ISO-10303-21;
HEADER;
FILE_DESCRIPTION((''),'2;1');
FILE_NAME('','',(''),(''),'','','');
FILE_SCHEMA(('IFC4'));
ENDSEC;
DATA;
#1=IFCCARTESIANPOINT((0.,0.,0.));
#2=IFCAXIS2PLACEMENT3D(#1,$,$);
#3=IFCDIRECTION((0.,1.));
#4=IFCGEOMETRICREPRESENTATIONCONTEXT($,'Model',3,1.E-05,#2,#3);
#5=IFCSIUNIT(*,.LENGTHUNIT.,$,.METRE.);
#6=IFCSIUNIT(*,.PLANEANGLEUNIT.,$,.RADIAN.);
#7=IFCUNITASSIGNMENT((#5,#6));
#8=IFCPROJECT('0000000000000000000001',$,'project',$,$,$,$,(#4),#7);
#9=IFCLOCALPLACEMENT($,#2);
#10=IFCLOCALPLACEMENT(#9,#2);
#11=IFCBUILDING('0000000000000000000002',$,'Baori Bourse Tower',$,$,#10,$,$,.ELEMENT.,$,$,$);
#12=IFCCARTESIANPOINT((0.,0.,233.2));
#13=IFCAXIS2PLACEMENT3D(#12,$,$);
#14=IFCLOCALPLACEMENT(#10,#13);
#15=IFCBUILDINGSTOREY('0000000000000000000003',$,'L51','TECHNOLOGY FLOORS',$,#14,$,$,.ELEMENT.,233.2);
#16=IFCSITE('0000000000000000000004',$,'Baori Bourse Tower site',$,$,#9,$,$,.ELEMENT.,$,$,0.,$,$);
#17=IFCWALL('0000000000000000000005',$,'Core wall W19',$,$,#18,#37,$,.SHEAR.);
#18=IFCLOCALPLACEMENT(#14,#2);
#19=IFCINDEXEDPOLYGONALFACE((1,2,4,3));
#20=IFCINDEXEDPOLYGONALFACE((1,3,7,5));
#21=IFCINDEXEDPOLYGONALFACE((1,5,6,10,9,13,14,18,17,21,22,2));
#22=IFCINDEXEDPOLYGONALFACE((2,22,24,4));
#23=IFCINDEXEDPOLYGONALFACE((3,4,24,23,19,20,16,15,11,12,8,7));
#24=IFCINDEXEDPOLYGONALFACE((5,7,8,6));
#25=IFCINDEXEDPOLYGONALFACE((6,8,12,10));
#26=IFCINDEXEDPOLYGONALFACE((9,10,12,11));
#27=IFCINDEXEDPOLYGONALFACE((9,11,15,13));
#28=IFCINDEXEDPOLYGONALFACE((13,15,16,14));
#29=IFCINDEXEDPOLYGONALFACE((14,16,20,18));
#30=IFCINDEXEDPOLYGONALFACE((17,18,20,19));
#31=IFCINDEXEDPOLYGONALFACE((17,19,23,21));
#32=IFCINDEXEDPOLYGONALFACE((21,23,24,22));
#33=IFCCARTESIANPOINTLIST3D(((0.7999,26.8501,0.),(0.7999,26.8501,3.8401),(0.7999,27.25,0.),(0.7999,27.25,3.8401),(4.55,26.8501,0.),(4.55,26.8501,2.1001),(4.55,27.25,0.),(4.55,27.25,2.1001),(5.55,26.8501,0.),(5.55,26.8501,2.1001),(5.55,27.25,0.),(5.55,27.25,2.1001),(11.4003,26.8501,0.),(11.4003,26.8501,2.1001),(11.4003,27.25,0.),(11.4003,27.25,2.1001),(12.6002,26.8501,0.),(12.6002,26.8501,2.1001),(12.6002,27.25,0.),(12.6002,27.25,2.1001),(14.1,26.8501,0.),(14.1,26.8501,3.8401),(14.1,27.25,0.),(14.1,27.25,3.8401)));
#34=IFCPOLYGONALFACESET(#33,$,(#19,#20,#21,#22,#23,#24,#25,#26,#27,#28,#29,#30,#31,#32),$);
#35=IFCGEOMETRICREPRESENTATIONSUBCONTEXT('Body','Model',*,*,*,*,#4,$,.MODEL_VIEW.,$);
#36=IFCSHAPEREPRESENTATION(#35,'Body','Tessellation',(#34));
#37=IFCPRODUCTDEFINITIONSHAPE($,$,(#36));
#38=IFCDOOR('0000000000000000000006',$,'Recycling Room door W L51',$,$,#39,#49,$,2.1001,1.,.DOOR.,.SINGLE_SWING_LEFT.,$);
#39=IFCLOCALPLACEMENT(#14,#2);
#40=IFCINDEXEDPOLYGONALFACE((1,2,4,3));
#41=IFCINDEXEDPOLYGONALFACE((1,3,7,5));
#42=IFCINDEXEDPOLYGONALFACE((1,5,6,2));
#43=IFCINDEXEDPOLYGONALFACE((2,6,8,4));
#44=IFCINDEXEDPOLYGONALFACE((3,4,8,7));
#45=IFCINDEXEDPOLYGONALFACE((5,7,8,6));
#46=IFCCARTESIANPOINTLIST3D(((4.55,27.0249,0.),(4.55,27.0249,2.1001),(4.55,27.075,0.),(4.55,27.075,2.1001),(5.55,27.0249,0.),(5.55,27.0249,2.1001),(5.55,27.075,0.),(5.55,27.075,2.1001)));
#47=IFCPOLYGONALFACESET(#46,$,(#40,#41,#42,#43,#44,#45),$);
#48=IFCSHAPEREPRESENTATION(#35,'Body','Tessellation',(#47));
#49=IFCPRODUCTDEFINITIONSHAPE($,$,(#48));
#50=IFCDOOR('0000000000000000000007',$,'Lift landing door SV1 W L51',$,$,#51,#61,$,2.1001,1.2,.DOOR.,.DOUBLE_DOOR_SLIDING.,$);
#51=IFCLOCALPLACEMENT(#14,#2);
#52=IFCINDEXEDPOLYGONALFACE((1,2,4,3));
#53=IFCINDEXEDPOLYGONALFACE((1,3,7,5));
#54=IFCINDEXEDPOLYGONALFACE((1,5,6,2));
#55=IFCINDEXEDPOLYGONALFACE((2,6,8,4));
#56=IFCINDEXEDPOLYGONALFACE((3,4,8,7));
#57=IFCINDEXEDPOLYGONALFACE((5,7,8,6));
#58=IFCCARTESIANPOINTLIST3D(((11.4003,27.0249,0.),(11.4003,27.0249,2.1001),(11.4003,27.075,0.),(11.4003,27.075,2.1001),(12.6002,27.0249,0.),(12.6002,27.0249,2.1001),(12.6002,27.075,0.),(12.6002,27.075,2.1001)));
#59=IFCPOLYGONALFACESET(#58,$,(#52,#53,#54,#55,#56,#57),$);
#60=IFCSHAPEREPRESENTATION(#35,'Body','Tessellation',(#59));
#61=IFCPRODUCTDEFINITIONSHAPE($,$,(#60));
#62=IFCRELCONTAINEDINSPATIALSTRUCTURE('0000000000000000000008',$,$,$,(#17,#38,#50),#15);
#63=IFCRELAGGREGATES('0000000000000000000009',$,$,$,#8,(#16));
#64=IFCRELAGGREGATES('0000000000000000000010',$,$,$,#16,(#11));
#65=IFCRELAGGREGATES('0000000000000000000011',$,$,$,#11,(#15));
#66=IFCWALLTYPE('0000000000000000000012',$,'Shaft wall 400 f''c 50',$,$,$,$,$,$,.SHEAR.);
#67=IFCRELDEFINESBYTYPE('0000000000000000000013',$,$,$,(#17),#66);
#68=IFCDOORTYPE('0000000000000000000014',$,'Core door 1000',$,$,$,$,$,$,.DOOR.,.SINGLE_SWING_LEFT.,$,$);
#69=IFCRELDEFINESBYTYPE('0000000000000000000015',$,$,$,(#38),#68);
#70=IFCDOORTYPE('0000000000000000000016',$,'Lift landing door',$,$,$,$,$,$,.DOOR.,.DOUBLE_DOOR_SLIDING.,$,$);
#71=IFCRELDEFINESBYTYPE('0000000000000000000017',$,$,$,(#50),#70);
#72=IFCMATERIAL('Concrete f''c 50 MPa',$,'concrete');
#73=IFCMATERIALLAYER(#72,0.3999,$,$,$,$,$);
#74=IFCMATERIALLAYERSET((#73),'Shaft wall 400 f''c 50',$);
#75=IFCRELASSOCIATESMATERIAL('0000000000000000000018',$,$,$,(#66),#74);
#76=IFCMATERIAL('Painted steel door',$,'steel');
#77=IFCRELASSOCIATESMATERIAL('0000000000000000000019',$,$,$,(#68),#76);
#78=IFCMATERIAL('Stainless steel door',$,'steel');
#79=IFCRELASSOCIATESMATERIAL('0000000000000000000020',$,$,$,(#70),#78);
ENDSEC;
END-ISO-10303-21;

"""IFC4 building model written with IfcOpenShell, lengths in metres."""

from ifc_helpers import new_model, si_unit, direction, frame, frame_2d, origin, place, context, subcontext, project, spatial, rectangle, extrude, material, layer, layer_set, type_object, element, fill, save


model = new_model("IFC4")

# Units and contexts
model_context = context("Model", 3, precision=1e-05, world=origin(), true_north=direction((0.0, 1.0)))
body_context = subcontext(model_context, "Body", "Model", "MODEL_VIEW")
ifc_project = project(units=[si_unit("LENGTHUNIT", "METRE"), si_unit("PLANEANGLEUNIT", "RADIAN")], contexts=[model_context])

# Site, building, storey
site_placement = place(None, origin())
site = spatial("IfcSite", under=ifc_project, at=site_placement, Name="Baori Bourse Tower site", CompositionType="ELEMENT", RefElevation=0.0)
building_placement = place(site_placement, origin())
building = spatial("IfcBuilding", under=site, at=building_placement, Name="Baori Bourse Tower", CompositionType="ELEMENT")
storey_placement = place(building_placement, frame((0.0, 0.0, 233.2)))
storey = spatial("IfcBuildingStorey", under=building, at=storey_placement, Name="L51", Description="TECHNOLOGY FLOORS", CompositionType="ELEMENT", Elevation=233.2)

# Wall, openings, doors
ifc_material_1 = material(Name="Concrete f'c 50 MPa", Category="concrete")
ifc_layer_1 = layer(ifc_material_1, 0.3999)
ifc_layer_set_1 = layer_set([ifc_layer_1], Name="Shaft wall 400 f'c 50")
wall_type_1 = type_object("IfcWallType", Name="Shaft wall 400 f'c 50", PredefinedType="SHEAR", material=ifc_layer_set_1)
wall_1_placement = place(storey_placement, frame((0.8, 27.05, 0.0), z_axis=(0.0, 0.0, 1.0), x_axis=(1.0, 0.0, 0.0)))
wall_1 = element("IfcWall", 1, at=wall_1_placement, inside=storey, type_object=wall_type_1, Name="Core wall W19", PredefinedType="SHEAR", context=body_context, shape_type="SweptSolid", body=[
    extrude(rectangle(XDim=13.3, YDim=0.3999, at=frame_2d((6.6499, 0.0))), origin(), (0.0, 0.0, 1.0), 3.8401),
])
opening_1_placement = place(wall_1_placement, frame((3.75, 0.0, 0.0)))
opening_1 = element("IfcOpeningElement", 2, at=opening_1_placement, cuts=wall_1, PredefinedType="OPENING", context=body_context, shape_type="SweptSolid", body=[
    extrude(rectangle(XDim=1.0, YDim=2.1001, at=frame_2d((0.5, 1.05))), frame((0.0, 0.21, 0.0), z_axis=(0.0, -1.0, 0.0), x_axis=(1.0, 0.0, 0.0)), (0.0, 0.0, 1.0), 0.4199),
])
opening_2_placement = place(wall_1_placement, frame((10.6001, 0.0, 0.0)))
opening_2 = element("IfcOpeningElement", 3, at=opening_2_placement, cuts=wall_1, PredefinedType="OPENING", context=body_context, shape_type="SweptSolid", body=[
    extrude(rectangle(XDim=1.2, YDim=2.1001, at=frame_2d((0.6001, 1.05))), frame((0.0, 0.21, 0.0), z_axis=(0.0, -1.0, 0.0), x_axis=(1.0, 0.0, 0.0)), (0.0, 0.0, 1.0), 0.4199),
])
ifc_material_2 = material(Name="Painted steel door", Category="steel")
door_type_1 = type_object("IfcDoorType", Name="Core door 1000", OperationType="SINGLE_SWING_LEFT", PredefinedType="DOOR", material=ifc_material_2)
door_1_placement = place(opening_1_placement, origin())
door_1 = element("IfcDoor", 4, at=door_1_placement, inside=storey, type_object=door_type_1, Name="Recycling Room door W L51", OperationType="SINGLE_SWING_LEFT", OverallHeight=2.1001, OverallWidth=1.0, PredefinedType="DOOR", context=body_context, shape_type="SweptSolid", body=[
    extrude(rectangle(XDim=1.0, YDim=2.1001, at=frame_2d((0.5, 1.05))), frame((0.0, 0.0249, 0.0), z_axis=(0.0, -1.0, 0.0), x_axis=(1.0, 0.0, 0.0)), (0.0, 0.0, 1.0), 0.05),
])
fill(opening_1, door_1)
ifc_material_3 = material(Name="Stainless steel door", Category="steel")
door_type_2 = type_object("IfcDoorType", Name="Lift landing door", OperationType="DOUBLE_DOOR_SLIDING", PredefinedType="DOOR", material=ifc_material_3)
door_2_placement = place(opening_2_placement, origin())
door_2 = element("IfcDoor", 5, at=door_2_placement, inside=storey, type_object=door_type_2, Name="Lift landing door SV1 W L51", OperationType="DOUBLE_DOOR_SLIDING", OverallHeight=2.1001, OverallWidth=1.2, PredefinedType="DOOR", context=body_context, shape_type="SweptSolid", body=[
    extrude(rectangle(XDim=1.2, YDim=2.1001, at=frame_2d((0.6001, 1.05))), frame((0.0, 0.0249, 0.0), z_axis=(0.0, -1.0, 0.0), x_axis=(1.0, 0.0, 0.0)), (0.0, 0.0, 1.0), 0.05),
])
fill(opening_2, door_2)

save(model, "model.ifc")
